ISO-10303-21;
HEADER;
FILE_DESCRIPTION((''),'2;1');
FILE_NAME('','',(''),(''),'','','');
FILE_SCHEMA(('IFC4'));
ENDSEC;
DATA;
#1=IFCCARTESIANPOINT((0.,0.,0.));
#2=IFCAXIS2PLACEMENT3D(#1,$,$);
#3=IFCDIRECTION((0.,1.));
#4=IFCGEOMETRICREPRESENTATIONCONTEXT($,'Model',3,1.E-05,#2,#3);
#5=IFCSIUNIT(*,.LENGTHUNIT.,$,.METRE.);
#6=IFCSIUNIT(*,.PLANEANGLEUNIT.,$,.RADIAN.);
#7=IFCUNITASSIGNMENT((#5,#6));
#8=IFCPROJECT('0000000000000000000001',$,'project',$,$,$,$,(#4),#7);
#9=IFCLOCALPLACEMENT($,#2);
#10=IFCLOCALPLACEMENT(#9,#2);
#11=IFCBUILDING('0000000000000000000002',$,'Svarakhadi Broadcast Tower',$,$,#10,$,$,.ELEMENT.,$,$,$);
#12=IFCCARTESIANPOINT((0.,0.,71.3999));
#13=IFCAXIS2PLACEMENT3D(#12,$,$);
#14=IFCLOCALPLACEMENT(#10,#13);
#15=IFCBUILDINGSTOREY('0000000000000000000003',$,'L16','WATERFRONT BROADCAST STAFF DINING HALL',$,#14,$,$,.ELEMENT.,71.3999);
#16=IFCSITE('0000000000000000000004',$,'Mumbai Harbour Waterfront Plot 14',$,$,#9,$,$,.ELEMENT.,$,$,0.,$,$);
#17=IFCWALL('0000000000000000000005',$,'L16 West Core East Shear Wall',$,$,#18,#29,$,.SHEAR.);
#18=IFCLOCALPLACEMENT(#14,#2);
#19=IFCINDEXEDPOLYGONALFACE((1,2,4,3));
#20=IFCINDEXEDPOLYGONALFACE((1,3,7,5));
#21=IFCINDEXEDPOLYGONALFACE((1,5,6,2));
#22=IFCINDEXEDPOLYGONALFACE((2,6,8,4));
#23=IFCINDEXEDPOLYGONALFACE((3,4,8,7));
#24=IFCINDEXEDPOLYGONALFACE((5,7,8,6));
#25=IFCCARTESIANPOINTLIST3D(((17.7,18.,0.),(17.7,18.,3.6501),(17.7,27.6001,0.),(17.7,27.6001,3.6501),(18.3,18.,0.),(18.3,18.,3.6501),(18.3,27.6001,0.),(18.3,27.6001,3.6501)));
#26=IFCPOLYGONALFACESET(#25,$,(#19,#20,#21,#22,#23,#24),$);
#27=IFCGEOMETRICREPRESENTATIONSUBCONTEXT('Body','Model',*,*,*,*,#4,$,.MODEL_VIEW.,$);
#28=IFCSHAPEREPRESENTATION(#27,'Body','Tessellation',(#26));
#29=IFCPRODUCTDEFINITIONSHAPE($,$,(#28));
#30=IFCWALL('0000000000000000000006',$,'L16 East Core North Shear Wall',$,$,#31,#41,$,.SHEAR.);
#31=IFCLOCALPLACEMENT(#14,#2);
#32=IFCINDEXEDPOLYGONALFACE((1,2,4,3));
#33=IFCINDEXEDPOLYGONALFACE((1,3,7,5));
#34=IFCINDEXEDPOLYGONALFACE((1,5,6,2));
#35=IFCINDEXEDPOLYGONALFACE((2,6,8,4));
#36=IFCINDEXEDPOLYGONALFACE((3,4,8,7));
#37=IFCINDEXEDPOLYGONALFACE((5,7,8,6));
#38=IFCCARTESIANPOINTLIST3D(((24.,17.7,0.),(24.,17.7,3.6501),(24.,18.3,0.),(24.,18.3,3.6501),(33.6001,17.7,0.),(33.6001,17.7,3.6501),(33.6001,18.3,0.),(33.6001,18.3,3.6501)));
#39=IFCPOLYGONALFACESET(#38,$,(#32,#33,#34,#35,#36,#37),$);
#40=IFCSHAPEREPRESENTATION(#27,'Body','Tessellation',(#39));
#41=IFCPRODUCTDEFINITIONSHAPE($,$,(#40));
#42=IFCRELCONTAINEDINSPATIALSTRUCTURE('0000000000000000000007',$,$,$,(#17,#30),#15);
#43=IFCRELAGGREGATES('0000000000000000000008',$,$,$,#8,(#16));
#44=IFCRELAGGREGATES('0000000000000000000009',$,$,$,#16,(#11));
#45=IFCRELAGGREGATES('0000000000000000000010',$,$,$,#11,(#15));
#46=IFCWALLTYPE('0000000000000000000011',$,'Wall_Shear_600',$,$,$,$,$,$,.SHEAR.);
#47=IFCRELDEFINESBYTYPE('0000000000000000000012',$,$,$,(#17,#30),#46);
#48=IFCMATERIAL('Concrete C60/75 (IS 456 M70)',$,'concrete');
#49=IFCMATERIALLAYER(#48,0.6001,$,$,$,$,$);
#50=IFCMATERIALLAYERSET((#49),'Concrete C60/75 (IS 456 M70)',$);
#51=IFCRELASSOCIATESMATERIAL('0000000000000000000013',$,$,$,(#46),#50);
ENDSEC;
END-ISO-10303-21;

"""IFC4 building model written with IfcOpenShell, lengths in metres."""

from ifc_helpers import new_model, si_unit, direction, frame, frame_2d, origin, place, context, subcontext, project, spatial, rectangle, extrude, material, layer, layer_set, type_object, element, save


model = new_model("IFC4")

# Units and contexts
model_context = context("Model", 3, precision=1e-05, world=origin(), true_north=direction((0.0, 1.0)))
body_context = subcontext(model_context, "Body", "Model", "MODEL_VIEW")
ifc_project = project(units=[si_unit("LENGTHUNIT", "METRE"), si_unit("PLANEANGLEUNIT", "RADIAN")], contexts=[model_context])

# Site, building, storey
site_placement = place(None, origin())
site = spatial("IfcSite", under=ifc_project, at=site_placement, Name="Mumbai Harbour Waterfront Plot 14", CompositionType="ELEMENT", RefElevation=0.0)
building_placement = place(site_placement, origin())
building = spatial("IfcBuilding", under=site, at=building_placement, Name="Svarakhadi Broadcast Tower", CompositionType="ELEMENT")
storey_placement = place(building_placement, frame((0.0, 0.0, 71.3999)))
storey = spatial("IfcBuildingStorey", under=building, at=storey_placement, Name="L16", Description="WATERFRONT BROADCAST STAFF DINING HALL", CompositionType="ELEMENT", Elevation=71.3999)

# Shared definitions
ifc_material_1 = material(Name="Concrete C60/75 (IS 456 M70)", Category="concrete")

# Walls
ifc_layer_1 = layer(ifc_material_1, 0.6001)
ifc_layer_set_1 = layer_set([ifc_layer_1], Name="Concrete C60/75 (IS 456 M70)")
wall_type_1 = type_object("IfcWallType", Name="Wall_Shear_600", PredefinedType="SHEAR", material=ifc_layer_set_1)
for number, where, z_axis, x_axis, name in (
    (1, (18.0, 18.0, 0.0), (0.0, 0.0, 1.0), (0.0, 1.0, 0.0), "L16 West Core East Shear Wall"),
    (2, (24.0, 18.0, 0.0), (0.0, 0.0, 1.0), (1.0, 0.0, 0.0), "L16 East Core North Shear Wall"),
):
    element("IfcWall", number, at=place(storey_placement, frame(where, z_axis=z_axis, x_axis=x_axis)), inside=storey, type_object=wall_type_1, Name=name, PredefinedType="SHEAR", context=body_context, shape_type="SweptSolid", body=[
        extrude(rectangle(XDim=9.6001, YDim=0.6001, at=frame_2d((4.8, 0.0))), origin(), (0.0, 0.0, 1.0), 3.6501),
    ])

save(model, "model.ifc")
